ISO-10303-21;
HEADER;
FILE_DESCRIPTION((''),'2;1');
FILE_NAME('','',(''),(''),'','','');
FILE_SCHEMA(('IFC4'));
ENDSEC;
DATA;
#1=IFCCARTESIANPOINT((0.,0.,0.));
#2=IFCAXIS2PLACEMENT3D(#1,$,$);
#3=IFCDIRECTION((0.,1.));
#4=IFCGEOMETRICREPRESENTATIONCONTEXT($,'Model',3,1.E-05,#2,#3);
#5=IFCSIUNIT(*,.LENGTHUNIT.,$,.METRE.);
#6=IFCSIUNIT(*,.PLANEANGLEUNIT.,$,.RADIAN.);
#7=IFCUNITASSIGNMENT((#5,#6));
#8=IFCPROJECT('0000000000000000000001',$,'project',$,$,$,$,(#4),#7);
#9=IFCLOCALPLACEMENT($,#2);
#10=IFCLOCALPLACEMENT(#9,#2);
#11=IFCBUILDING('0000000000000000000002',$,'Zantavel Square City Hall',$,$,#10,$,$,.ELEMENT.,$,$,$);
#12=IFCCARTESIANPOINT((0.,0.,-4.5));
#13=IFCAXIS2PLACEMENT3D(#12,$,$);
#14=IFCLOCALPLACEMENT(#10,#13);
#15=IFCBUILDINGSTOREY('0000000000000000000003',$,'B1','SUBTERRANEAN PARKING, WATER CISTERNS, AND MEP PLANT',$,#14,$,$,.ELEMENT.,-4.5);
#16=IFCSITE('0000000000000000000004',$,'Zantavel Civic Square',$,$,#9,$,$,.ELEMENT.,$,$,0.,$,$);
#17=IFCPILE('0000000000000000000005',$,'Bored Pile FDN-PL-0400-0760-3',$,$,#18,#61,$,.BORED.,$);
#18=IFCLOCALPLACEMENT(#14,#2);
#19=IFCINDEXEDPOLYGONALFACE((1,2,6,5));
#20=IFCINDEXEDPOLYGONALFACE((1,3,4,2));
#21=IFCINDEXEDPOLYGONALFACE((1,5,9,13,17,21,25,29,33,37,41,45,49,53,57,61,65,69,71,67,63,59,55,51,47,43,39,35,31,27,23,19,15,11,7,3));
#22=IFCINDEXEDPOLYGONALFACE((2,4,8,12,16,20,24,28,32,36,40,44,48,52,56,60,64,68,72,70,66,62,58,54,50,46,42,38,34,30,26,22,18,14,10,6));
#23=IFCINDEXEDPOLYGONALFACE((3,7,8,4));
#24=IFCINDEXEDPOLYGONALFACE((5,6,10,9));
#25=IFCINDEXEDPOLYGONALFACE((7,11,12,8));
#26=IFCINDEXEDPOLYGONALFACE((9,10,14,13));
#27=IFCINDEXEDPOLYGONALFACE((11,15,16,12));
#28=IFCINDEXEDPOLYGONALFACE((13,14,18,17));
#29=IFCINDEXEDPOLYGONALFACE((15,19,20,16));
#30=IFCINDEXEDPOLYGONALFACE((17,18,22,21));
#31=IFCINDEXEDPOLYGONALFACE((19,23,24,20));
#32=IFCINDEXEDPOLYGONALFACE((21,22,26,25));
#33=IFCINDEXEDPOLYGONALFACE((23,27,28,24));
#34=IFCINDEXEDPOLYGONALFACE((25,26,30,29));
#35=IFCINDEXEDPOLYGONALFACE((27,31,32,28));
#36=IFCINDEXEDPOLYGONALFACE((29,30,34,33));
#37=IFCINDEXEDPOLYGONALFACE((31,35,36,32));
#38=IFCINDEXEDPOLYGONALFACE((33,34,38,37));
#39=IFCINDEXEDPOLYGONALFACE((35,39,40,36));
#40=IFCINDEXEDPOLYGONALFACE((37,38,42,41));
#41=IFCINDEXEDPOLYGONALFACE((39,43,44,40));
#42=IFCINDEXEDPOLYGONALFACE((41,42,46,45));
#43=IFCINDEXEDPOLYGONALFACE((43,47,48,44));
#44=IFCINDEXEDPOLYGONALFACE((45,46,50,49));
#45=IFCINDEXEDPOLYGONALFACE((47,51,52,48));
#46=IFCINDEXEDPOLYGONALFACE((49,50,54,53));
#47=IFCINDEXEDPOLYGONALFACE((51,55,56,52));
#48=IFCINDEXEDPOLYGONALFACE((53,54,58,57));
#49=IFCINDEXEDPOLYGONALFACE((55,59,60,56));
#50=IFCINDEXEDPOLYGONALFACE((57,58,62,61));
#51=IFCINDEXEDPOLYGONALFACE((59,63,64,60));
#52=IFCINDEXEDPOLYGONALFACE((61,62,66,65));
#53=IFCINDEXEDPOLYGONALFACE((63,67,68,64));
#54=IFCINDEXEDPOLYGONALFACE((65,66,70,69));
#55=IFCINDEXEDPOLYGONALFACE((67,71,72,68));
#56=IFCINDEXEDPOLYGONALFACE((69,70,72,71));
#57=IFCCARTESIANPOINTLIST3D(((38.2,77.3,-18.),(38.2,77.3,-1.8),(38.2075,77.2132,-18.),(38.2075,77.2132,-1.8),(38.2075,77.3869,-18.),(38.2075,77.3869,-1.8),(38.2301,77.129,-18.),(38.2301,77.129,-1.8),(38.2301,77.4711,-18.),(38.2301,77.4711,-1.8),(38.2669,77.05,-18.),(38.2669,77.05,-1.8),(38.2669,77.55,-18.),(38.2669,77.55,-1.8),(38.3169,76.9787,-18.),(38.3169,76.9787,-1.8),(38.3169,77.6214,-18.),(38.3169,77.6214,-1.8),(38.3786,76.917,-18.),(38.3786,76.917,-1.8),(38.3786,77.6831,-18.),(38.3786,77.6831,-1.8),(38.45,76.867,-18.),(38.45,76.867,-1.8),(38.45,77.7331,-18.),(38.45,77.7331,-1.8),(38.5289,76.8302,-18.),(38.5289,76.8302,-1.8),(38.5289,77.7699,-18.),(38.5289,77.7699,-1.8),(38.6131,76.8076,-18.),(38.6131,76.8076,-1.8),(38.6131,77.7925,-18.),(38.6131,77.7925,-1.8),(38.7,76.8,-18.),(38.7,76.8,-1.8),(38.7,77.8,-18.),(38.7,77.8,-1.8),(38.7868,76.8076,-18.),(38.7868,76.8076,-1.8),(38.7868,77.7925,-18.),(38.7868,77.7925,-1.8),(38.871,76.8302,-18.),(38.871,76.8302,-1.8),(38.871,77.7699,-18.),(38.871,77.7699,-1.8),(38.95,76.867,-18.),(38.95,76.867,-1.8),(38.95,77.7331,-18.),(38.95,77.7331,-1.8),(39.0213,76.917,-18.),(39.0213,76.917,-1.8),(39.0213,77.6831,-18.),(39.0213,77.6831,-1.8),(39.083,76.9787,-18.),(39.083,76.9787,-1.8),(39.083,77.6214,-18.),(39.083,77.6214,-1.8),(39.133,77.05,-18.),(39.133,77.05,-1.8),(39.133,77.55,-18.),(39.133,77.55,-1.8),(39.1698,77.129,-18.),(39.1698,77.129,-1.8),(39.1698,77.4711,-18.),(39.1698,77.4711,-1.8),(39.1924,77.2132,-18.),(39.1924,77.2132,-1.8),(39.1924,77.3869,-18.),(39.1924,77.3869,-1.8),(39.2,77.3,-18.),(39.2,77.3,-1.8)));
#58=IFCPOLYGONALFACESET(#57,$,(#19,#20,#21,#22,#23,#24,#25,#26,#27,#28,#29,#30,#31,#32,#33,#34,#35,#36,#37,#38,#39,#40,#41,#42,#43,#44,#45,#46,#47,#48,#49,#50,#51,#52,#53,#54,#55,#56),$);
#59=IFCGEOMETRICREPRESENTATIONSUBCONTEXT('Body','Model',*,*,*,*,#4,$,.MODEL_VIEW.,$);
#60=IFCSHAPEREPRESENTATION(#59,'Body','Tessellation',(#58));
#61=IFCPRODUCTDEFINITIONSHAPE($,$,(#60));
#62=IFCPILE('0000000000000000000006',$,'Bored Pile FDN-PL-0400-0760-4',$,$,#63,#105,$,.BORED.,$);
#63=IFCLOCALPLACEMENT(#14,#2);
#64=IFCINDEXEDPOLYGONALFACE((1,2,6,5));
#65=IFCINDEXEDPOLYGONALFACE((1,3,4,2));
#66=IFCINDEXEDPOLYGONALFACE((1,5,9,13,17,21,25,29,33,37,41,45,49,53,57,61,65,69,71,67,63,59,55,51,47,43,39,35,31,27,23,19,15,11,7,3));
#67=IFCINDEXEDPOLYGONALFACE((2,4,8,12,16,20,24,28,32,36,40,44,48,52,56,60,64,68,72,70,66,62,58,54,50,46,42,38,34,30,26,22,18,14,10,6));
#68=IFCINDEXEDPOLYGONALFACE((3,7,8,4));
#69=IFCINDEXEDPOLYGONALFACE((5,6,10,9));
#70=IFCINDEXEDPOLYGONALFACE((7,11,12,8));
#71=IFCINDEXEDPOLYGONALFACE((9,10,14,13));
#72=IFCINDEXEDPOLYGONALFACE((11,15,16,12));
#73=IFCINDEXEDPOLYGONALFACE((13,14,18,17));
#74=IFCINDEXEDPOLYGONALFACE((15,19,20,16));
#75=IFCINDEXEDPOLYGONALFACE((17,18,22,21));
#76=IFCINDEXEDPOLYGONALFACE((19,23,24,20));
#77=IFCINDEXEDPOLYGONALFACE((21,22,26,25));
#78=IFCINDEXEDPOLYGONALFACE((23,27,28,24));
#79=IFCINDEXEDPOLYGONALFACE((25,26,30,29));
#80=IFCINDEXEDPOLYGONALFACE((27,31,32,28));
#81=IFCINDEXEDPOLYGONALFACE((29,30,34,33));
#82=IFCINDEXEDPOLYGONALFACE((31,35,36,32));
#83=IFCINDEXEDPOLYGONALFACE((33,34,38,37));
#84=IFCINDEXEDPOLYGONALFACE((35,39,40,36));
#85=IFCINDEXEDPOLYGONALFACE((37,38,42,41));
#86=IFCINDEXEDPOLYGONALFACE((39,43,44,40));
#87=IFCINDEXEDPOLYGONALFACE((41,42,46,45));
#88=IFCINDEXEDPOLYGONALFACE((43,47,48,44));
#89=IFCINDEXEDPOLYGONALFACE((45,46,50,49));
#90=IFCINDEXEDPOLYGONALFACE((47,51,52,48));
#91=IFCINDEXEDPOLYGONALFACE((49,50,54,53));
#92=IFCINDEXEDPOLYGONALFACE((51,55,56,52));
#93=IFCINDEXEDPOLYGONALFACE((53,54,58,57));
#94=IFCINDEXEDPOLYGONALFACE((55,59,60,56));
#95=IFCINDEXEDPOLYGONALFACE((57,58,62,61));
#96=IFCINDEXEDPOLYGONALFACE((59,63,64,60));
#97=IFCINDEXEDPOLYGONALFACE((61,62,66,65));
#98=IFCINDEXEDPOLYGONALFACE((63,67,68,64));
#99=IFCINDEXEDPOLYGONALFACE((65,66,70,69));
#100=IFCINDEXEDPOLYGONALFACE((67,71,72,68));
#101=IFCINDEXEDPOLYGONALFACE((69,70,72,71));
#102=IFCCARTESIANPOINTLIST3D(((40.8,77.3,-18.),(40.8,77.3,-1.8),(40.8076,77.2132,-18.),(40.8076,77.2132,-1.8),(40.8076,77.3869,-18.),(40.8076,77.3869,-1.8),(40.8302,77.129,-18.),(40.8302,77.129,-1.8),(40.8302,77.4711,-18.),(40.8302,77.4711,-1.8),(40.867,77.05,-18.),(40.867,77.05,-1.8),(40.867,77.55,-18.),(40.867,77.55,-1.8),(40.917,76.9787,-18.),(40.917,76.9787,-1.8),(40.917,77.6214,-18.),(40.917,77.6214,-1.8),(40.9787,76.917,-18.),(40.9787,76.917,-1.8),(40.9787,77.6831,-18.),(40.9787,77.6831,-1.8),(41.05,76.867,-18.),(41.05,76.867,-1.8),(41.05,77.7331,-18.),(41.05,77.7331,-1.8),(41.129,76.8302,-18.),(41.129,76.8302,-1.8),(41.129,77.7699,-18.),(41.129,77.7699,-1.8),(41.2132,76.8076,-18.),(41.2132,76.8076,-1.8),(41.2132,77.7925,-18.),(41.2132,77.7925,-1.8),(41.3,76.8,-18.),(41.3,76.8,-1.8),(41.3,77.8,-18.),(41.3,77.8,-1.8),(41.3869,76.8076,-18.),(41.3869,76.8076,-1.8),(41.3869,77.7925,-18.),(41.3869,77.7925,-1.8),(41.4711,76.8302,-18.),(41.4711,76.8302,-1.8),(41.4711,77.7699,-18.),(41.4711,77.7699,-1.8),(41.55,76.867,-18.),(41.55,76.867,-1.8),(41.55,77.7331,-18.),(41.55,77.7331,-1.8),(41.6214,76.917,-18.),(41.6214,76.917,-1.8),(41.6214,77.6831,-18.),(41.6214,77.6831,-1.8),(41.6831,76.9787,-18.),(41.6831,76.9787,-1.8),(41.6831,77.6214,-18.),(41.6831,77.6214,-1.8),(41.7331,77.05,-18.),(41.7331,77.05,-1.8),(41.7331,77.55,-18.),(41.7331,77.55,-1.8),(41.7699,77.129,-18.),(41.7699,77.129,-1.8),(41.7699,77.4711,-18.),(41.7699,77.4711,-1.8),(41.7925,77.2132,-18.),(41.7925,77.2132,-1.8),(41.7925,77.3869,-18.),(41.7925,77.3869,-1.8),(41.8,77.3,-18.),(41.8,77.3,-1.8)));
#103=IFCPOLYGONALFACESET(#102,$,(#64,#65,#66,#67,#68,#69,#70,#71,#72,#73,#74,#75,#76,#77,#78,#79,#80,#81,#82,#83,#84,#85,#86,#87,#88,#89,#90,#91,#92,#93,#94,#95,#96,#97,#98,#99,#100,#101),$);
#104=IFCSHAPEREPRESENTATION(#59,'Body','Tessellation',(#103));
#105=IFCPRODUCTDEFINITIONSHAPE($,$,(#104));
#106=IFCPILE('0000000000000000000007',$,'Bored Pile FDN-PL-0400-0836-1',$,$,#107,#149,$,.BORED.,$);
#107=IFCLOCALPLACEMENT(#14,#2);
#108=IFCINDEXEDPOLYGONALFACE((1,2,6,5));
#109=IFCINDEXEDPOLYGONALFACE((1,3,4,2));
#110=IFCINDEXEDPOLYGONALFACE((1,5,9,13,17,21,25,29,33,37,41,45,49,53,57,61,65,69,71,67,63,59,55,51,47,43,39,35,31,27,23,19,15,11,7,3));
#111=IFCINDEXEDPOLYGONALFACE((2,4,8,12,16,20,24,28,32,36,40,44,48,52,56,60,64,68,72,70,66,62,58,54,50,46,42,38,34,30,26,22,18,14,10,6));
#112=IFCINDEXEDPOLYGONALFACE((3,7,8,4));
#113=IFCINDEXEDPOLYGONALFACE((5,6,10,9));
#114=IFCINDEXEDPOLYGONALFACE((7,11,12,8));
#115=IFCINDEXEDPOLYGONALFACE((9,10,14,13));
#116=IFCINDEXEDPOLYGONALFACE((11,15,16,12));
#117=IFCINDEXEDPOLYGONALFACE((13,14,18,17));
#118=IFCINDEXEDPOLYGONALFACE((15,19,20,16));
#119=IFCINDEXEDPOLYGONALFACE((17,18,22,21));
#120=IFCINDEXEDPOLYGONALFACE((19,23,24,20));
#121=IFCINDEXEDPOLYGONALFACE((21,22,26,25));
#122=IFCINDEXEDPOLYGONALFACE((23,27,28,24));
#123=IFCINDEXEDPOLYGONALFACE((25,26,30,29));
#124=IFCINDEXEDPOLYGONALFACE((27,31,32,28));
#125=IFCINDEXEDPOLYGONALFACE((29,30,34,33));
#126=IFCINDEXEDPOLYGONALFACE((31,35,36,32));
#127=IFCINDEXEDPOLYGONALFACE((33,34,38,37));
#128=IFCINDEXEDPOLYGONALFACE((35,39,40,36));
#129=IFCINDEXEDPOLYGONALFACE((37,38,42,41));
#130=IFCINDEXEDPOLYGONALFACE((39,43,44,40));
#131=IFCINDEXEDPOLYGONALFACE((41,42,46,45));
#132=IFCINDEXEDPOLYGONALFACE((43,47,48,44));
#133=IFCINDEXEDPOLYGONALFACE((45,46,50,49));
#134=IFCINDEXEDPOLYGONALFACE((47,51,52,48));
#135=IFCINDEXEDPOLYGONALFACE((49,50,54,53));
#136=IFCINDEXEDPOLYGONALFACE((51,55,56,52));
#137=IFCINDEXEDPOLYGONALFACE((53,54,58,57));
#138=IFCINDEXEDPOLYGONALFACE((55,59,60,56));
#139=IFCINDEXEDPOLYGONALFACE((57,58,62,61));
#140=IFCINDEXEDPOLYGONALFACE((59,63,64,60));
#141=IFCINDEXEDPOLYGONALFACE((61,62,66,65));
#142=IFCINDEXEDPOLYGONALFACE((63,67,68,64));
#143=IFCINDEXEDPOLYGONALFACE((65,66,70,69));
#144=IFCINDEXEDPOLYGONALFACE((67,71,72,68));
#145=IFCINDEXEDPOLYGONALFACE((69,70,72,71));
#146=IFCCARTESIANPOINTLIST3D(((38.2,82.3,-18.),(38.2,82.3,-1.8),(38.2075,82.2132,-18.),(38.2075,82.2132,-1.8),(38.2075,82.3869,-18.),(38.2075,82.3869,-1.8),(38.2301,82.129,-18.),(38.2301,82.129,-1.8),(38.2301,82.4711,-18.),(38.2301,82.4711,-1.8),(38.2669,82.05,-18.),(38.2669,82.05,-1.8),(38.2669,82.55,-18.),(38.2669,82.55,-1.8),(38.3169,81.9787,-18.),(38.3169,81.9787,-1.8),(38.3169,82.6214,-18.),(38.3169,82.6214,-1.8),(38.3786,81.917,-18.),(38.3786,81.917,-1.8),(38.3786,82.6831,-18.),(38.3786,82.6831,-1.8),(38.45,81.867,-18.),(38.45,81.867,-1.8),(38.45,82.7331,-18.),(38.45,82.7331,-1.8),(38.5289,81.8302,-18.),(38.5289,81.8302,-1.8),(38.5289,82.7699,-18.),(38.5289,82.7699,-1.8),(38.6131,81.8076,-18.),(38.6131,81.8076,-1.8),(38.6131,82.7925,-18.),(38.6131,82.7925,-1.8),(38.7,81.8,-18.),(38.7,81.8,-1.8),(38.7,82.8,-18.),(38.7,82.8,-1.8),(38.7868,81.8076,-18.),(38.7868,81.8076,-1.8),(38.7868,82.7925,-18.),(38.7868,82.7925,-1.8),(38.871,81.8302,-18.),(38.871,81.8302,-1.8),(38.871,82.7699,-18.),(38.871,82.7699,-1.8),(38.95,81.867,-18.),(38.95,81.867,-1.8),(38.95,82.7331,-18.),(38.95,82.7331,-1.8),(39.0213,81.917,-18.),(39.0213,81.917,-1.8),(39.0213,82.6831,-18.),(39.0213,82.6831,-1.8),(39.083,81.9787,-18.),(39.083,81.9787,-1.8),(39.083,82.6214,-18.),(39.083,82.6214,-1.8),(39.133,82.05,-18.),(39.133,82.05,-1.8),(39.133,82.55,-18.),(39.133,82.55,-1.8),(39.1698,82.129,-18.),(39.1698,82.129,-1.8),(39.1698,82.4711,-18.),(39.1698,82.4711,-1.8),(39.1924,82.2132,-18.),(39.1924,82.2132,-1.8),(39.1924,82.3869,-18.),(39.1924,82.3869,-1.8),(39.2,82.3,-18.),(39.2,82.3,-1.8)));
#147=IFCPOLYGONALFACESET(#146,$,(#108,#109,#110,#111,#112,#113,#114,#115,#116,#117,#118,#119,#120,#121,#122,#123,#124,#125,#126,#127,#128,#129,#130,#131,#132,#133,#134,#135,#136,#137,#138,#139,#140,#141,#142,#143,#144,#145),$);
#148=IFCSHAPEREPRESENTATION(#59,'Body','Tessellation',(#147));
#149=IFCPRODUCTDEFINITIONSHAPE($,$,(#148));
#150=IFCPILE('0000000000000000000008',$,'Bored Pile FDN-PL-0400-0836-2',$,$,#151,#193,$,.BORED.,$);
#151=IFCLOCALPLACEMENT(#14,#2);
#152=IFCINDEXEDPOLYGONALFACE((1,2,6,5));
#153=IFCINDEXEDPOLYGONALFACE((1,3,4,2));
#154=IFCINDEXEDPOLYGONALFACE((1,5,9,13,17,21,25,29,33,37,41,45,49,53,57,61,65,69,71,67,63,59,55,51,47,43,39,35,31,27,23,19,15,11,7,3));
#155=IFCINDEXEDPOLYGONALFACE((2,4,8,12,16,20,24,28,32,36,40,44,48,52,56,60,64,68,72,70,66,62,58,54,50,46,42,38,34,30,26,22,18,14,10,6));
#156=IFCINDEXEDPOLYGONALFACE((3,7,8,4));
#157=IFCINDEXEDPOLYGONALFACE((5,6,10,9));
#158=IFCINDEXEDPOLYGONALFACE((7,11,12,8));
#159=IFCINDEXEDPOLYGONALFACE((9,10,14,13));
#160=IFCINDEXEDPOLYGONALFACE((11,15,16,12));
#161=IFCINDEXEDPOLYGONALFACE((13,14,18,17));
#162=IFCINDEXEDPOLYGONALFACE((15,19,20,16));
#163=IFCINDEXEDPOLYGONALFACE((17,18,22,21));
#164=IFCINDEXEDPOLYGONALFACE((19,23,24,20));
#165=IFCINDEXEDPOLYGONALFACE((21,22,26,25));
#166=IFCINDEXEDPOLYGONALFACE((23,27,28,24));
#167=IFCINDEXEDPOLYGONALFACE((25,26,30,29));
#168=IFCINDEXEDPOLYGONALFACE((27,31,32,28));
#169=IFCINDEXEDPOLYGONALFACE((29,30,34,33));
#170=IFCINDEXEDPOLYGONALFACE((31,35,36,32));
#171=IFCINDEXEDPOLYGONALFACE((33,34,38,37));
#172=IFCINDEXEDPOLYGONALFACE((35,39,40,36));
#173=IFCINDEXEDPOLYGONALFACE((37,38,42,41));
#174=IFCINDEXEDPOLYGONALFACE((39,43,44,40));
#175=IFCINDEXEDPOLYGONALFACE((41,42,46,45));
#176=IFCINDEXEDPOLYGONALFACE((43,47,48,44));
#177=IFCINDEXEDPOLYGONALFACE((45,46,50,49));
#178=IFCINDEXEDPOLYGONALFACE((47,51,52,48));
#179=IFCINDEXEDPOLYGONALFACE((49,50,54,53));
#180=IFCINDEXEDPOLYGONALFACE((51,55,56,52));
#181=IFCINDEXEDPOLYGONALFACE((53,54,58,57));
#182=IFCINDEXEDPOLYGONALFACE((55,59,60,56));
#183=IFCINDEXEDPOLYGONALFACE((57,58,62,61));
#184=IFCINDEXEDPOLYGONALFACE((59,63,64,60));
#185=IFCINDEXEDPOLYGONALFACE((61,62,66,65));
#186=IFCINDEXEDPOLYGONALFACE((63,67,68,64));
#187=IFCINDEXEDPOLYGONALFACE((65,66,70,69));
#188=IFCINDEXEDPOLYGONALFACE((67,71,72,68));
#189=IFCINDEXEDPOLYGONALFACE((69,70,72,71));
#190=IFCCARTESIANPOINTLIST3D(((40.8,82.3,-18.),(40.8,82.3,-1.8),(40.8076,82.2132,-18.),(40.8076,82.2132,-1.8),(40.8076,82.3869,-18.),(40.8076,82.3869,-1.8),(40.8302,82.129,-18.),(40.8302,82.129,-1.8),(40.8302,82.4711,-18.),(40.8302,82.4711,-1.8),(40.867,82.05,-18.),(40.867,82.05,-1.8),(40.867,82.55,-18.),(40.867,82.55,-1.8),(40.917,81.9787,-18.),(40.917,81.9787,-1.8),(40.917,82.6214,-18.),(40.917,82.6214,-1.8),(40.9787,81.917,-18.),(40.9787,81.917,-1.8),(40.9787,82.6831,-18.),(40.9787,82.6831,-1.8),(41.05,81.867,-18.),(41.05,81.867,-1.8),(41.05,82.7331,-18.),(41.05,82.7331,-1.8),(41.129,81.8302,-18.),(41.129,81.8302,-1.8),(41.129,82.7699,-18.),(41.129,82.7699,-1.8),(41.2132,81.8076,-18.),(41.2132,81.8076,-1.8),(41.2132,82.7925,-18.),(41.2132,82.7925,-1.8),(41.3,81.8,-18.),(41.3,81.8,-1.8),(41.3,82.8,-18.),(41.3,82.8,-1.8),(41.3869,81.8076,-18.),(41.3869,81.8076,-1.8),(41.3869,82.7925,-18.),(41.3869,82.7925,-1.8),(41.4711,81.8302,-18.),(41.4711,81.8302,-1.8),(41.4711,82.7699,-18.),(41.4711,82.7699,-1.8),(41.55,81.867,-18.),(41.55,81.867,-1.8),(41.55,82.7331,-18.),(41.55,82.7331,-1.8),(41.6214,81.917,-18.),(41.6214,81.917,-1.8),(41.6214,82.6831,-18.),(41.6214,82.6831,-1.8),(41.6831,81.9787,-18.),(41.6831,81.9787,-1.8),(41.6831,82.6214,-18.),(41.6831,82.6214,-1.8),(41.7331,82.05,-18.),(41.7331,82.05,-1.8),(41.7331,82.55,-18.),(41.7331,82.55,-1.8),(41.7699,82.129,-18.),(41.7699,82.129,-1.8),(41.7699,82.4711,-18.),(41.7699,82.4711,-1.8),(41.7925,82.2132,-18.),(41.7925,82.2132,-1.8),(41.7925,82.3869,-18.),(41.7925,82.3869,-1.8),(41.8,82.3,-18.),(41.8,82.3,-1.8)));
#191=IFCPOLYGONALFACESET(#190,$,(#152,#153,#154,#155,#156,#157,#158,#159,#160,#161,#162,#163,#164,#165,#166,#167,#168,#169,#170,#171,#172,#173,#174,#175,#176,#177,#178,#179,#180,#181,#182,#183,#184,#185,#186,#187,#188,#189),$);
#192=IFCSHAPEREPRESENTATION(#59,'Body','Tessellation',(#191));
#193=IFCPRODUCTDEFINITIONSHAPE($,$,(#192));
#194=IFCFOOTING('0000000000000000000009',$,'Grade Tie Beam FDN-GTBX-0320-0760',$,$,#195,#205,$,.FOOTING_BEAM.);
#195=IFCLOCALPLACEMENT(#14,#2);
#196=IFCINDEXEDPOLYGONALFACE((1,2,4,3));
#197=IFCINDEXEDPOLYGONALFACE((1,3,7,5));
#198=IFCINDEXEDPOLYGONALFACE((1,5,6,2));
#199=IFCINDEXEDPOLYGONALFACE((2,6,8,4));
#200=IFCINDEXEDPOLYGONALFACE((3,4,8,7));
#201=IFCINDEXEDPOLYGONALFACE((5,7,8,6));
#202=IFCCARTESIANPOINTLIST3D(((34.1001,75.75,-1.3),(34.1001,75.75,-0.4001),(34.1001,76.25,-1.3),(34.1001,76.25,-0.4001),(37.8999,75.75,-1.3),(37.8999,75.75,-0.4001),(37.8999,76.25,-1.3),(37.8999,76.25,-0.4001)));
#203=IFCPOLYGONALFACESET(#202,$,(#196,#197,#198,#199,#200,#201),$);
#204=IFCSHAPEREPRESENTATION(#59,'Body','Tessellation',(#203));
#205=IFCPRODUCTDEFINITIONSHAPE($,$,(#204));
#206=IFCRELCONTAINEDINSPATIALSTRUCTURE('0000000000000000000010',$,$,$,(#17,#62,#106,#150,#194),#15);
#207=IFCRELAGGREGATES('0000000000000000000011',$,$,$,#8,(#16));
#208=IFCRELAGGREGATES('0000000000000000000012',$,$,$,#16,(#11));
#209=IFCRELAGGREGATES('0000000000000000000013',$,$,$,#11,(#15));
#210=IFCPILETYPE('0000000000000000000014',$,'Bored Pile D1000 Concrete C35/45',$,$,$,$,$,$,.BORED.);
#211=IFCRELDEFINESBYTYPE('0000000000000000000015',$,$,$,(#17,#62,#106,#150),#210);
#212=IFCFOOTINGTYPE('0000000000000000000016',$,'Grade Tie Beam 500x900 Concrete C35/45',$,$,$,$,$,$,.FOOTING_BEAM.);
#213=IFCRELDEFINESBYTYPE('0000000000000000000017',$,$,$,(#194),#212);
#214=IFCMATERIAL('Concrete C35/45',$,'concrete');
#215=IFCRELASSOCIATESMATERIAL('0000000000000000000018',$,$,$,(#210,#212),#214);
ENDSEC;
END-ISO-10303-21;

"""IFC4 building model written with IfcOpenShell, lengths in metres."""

from ifc_helpers import new_model, si_unit, direction, frame, origin, origin_2d, place, context, subcontext, project, spatial, rectangle, circle, extrude, material, material_profile, profile_set, type_object, element, save


model = new_model("IFC4")

# Units and contexts
model_context = context("Model", 3, precision=1e-05, world=origin(), true_north=direction((0.0, 1.0)))
body_context = subcontext(model_context, "Body", "Model", "MODEL_VIEW")
ifc_project = project(units=[si_unit("LENGTHUNIT", "METRE"), si_unit("PLANEANGLEUNIT", "RADIAN")], contexts=[model_context])

# Site, building, storey
site_placement = place(None, origin())
site = spatial("IfcSite", under=ifc_project, at=site_placement, Name="Zantavel Civic Square", CompositionType="ELEMENT", RefElevation=0.0)
building_placement = place(site_placement, origin())
building = spatial("IfcBuilding", under=site, at=building_placement, Name="Zantavel Square City Hall", CompositionType="ELEMENT")
storey_placement = place(building_placement, frame((0.0, 0.0, -4.5)))
storey = spatial("IfcBuildingStorey", under=building, at=storey_placement, Name="B1", Description="SUBTERRANEAN PARKING, WATER CISTERNS, AND MEP PLANT", CompositionType="ELEMENT", Elevation=-4.5)

# Piles
ifc_material_1 = material(Name="Concrete C35/45", Category="concrete")
ifc_material_profile_1 = material_profile(ifc_material_1, circle(Radius=0.5, at=origin_2d()), Name="PILE D1000")
ifc_profile_set_1 = profile_set([ifc_material_profile_1], Name="Concrete C35/45")
pile_type = type_object("IfcPileType", Name="Bored Pile D1000 Concrete C35/45", PredefinedType="BORED", material=ifc_profile_set_1)
for number, where, z_axis, x_axis, name in (
    (1, (38.7, 77.3, -1.8), (0.0, 0.0, -1.0), (1.0, 0.0, 0.0), "Bored Pile FDN-PL-0400-0760-3"),
    (2, (41.3, 77.3, -1.8), (0.0, 0.0, -1.0), (1.0, 0.0, 0.0), "Bored Pile FDN-PL-0400-0760-4"),
    (3, (38.7, 82.3, -1.8), (0.0, 0.0, -1.0), (1.0, 0.0, 0.0), "Bored Pile FDN-PL-0400-0836-1"),
    (4, (41.3, 82.3, -1.8), (0.0, 0.0, -1.0), (1.0, 0.0, 0.0), "Bored Pile FDN-PL-0400-0836-2"),
):
    element("IfcPile", number, at=place(storey_placement, frame(where, z_axis=z_axis, x_axis=x_axis)), inside=storey, type_object=pile_type, Name=name, PredefinedType="BORED", context=body_context, shape_type="SweptSolid", body=[
        extrude(circle(Radius=0.5, at=origin_2d()), origin(), (0.0, 0.0, 1.0), 16.2),
    ])

# Footing
ifc_material_profile_2 = material_profile(ifc_material_1, rectangle(XDim=0.5, YDim=0.8999, at=origin_2d()), Name="RC 500x900")
ifc_profile_set_2 = profile_set([ifc_material_profile_2], Name="Concrete C35/45")
footing_type_1 = type_object("IfcFootingType", Name="Grade Tie Beam 500x900 Concrete C35/45", PredefinedType="FOOTING_BEAM", material=ifc_profile_set_2)
footing_1_placement = place(storey_placement, frame((34.1001, 76.0, -0.8501), z_axis=(1.0, 0.0, 0.0), x_axis=(0.0, 1.0, 0.0)))
element("IfcFooting", 5, at=footing_1_placement, inside=storey, type_object=footing_type_1, Name="Grade Tie Beam FDN-GTBX-0320-0760", PredefinedType="FOOTING_BEAM", context=body_context, shape_type="SweptSolid", body=[
    extrude(rectangle(XDim=0.5, YDim=0.8999, at=origin_2d()), origin(), (0.0, 0.0, 1.0), 3.7998),
])

save(model, "model.ifc")
